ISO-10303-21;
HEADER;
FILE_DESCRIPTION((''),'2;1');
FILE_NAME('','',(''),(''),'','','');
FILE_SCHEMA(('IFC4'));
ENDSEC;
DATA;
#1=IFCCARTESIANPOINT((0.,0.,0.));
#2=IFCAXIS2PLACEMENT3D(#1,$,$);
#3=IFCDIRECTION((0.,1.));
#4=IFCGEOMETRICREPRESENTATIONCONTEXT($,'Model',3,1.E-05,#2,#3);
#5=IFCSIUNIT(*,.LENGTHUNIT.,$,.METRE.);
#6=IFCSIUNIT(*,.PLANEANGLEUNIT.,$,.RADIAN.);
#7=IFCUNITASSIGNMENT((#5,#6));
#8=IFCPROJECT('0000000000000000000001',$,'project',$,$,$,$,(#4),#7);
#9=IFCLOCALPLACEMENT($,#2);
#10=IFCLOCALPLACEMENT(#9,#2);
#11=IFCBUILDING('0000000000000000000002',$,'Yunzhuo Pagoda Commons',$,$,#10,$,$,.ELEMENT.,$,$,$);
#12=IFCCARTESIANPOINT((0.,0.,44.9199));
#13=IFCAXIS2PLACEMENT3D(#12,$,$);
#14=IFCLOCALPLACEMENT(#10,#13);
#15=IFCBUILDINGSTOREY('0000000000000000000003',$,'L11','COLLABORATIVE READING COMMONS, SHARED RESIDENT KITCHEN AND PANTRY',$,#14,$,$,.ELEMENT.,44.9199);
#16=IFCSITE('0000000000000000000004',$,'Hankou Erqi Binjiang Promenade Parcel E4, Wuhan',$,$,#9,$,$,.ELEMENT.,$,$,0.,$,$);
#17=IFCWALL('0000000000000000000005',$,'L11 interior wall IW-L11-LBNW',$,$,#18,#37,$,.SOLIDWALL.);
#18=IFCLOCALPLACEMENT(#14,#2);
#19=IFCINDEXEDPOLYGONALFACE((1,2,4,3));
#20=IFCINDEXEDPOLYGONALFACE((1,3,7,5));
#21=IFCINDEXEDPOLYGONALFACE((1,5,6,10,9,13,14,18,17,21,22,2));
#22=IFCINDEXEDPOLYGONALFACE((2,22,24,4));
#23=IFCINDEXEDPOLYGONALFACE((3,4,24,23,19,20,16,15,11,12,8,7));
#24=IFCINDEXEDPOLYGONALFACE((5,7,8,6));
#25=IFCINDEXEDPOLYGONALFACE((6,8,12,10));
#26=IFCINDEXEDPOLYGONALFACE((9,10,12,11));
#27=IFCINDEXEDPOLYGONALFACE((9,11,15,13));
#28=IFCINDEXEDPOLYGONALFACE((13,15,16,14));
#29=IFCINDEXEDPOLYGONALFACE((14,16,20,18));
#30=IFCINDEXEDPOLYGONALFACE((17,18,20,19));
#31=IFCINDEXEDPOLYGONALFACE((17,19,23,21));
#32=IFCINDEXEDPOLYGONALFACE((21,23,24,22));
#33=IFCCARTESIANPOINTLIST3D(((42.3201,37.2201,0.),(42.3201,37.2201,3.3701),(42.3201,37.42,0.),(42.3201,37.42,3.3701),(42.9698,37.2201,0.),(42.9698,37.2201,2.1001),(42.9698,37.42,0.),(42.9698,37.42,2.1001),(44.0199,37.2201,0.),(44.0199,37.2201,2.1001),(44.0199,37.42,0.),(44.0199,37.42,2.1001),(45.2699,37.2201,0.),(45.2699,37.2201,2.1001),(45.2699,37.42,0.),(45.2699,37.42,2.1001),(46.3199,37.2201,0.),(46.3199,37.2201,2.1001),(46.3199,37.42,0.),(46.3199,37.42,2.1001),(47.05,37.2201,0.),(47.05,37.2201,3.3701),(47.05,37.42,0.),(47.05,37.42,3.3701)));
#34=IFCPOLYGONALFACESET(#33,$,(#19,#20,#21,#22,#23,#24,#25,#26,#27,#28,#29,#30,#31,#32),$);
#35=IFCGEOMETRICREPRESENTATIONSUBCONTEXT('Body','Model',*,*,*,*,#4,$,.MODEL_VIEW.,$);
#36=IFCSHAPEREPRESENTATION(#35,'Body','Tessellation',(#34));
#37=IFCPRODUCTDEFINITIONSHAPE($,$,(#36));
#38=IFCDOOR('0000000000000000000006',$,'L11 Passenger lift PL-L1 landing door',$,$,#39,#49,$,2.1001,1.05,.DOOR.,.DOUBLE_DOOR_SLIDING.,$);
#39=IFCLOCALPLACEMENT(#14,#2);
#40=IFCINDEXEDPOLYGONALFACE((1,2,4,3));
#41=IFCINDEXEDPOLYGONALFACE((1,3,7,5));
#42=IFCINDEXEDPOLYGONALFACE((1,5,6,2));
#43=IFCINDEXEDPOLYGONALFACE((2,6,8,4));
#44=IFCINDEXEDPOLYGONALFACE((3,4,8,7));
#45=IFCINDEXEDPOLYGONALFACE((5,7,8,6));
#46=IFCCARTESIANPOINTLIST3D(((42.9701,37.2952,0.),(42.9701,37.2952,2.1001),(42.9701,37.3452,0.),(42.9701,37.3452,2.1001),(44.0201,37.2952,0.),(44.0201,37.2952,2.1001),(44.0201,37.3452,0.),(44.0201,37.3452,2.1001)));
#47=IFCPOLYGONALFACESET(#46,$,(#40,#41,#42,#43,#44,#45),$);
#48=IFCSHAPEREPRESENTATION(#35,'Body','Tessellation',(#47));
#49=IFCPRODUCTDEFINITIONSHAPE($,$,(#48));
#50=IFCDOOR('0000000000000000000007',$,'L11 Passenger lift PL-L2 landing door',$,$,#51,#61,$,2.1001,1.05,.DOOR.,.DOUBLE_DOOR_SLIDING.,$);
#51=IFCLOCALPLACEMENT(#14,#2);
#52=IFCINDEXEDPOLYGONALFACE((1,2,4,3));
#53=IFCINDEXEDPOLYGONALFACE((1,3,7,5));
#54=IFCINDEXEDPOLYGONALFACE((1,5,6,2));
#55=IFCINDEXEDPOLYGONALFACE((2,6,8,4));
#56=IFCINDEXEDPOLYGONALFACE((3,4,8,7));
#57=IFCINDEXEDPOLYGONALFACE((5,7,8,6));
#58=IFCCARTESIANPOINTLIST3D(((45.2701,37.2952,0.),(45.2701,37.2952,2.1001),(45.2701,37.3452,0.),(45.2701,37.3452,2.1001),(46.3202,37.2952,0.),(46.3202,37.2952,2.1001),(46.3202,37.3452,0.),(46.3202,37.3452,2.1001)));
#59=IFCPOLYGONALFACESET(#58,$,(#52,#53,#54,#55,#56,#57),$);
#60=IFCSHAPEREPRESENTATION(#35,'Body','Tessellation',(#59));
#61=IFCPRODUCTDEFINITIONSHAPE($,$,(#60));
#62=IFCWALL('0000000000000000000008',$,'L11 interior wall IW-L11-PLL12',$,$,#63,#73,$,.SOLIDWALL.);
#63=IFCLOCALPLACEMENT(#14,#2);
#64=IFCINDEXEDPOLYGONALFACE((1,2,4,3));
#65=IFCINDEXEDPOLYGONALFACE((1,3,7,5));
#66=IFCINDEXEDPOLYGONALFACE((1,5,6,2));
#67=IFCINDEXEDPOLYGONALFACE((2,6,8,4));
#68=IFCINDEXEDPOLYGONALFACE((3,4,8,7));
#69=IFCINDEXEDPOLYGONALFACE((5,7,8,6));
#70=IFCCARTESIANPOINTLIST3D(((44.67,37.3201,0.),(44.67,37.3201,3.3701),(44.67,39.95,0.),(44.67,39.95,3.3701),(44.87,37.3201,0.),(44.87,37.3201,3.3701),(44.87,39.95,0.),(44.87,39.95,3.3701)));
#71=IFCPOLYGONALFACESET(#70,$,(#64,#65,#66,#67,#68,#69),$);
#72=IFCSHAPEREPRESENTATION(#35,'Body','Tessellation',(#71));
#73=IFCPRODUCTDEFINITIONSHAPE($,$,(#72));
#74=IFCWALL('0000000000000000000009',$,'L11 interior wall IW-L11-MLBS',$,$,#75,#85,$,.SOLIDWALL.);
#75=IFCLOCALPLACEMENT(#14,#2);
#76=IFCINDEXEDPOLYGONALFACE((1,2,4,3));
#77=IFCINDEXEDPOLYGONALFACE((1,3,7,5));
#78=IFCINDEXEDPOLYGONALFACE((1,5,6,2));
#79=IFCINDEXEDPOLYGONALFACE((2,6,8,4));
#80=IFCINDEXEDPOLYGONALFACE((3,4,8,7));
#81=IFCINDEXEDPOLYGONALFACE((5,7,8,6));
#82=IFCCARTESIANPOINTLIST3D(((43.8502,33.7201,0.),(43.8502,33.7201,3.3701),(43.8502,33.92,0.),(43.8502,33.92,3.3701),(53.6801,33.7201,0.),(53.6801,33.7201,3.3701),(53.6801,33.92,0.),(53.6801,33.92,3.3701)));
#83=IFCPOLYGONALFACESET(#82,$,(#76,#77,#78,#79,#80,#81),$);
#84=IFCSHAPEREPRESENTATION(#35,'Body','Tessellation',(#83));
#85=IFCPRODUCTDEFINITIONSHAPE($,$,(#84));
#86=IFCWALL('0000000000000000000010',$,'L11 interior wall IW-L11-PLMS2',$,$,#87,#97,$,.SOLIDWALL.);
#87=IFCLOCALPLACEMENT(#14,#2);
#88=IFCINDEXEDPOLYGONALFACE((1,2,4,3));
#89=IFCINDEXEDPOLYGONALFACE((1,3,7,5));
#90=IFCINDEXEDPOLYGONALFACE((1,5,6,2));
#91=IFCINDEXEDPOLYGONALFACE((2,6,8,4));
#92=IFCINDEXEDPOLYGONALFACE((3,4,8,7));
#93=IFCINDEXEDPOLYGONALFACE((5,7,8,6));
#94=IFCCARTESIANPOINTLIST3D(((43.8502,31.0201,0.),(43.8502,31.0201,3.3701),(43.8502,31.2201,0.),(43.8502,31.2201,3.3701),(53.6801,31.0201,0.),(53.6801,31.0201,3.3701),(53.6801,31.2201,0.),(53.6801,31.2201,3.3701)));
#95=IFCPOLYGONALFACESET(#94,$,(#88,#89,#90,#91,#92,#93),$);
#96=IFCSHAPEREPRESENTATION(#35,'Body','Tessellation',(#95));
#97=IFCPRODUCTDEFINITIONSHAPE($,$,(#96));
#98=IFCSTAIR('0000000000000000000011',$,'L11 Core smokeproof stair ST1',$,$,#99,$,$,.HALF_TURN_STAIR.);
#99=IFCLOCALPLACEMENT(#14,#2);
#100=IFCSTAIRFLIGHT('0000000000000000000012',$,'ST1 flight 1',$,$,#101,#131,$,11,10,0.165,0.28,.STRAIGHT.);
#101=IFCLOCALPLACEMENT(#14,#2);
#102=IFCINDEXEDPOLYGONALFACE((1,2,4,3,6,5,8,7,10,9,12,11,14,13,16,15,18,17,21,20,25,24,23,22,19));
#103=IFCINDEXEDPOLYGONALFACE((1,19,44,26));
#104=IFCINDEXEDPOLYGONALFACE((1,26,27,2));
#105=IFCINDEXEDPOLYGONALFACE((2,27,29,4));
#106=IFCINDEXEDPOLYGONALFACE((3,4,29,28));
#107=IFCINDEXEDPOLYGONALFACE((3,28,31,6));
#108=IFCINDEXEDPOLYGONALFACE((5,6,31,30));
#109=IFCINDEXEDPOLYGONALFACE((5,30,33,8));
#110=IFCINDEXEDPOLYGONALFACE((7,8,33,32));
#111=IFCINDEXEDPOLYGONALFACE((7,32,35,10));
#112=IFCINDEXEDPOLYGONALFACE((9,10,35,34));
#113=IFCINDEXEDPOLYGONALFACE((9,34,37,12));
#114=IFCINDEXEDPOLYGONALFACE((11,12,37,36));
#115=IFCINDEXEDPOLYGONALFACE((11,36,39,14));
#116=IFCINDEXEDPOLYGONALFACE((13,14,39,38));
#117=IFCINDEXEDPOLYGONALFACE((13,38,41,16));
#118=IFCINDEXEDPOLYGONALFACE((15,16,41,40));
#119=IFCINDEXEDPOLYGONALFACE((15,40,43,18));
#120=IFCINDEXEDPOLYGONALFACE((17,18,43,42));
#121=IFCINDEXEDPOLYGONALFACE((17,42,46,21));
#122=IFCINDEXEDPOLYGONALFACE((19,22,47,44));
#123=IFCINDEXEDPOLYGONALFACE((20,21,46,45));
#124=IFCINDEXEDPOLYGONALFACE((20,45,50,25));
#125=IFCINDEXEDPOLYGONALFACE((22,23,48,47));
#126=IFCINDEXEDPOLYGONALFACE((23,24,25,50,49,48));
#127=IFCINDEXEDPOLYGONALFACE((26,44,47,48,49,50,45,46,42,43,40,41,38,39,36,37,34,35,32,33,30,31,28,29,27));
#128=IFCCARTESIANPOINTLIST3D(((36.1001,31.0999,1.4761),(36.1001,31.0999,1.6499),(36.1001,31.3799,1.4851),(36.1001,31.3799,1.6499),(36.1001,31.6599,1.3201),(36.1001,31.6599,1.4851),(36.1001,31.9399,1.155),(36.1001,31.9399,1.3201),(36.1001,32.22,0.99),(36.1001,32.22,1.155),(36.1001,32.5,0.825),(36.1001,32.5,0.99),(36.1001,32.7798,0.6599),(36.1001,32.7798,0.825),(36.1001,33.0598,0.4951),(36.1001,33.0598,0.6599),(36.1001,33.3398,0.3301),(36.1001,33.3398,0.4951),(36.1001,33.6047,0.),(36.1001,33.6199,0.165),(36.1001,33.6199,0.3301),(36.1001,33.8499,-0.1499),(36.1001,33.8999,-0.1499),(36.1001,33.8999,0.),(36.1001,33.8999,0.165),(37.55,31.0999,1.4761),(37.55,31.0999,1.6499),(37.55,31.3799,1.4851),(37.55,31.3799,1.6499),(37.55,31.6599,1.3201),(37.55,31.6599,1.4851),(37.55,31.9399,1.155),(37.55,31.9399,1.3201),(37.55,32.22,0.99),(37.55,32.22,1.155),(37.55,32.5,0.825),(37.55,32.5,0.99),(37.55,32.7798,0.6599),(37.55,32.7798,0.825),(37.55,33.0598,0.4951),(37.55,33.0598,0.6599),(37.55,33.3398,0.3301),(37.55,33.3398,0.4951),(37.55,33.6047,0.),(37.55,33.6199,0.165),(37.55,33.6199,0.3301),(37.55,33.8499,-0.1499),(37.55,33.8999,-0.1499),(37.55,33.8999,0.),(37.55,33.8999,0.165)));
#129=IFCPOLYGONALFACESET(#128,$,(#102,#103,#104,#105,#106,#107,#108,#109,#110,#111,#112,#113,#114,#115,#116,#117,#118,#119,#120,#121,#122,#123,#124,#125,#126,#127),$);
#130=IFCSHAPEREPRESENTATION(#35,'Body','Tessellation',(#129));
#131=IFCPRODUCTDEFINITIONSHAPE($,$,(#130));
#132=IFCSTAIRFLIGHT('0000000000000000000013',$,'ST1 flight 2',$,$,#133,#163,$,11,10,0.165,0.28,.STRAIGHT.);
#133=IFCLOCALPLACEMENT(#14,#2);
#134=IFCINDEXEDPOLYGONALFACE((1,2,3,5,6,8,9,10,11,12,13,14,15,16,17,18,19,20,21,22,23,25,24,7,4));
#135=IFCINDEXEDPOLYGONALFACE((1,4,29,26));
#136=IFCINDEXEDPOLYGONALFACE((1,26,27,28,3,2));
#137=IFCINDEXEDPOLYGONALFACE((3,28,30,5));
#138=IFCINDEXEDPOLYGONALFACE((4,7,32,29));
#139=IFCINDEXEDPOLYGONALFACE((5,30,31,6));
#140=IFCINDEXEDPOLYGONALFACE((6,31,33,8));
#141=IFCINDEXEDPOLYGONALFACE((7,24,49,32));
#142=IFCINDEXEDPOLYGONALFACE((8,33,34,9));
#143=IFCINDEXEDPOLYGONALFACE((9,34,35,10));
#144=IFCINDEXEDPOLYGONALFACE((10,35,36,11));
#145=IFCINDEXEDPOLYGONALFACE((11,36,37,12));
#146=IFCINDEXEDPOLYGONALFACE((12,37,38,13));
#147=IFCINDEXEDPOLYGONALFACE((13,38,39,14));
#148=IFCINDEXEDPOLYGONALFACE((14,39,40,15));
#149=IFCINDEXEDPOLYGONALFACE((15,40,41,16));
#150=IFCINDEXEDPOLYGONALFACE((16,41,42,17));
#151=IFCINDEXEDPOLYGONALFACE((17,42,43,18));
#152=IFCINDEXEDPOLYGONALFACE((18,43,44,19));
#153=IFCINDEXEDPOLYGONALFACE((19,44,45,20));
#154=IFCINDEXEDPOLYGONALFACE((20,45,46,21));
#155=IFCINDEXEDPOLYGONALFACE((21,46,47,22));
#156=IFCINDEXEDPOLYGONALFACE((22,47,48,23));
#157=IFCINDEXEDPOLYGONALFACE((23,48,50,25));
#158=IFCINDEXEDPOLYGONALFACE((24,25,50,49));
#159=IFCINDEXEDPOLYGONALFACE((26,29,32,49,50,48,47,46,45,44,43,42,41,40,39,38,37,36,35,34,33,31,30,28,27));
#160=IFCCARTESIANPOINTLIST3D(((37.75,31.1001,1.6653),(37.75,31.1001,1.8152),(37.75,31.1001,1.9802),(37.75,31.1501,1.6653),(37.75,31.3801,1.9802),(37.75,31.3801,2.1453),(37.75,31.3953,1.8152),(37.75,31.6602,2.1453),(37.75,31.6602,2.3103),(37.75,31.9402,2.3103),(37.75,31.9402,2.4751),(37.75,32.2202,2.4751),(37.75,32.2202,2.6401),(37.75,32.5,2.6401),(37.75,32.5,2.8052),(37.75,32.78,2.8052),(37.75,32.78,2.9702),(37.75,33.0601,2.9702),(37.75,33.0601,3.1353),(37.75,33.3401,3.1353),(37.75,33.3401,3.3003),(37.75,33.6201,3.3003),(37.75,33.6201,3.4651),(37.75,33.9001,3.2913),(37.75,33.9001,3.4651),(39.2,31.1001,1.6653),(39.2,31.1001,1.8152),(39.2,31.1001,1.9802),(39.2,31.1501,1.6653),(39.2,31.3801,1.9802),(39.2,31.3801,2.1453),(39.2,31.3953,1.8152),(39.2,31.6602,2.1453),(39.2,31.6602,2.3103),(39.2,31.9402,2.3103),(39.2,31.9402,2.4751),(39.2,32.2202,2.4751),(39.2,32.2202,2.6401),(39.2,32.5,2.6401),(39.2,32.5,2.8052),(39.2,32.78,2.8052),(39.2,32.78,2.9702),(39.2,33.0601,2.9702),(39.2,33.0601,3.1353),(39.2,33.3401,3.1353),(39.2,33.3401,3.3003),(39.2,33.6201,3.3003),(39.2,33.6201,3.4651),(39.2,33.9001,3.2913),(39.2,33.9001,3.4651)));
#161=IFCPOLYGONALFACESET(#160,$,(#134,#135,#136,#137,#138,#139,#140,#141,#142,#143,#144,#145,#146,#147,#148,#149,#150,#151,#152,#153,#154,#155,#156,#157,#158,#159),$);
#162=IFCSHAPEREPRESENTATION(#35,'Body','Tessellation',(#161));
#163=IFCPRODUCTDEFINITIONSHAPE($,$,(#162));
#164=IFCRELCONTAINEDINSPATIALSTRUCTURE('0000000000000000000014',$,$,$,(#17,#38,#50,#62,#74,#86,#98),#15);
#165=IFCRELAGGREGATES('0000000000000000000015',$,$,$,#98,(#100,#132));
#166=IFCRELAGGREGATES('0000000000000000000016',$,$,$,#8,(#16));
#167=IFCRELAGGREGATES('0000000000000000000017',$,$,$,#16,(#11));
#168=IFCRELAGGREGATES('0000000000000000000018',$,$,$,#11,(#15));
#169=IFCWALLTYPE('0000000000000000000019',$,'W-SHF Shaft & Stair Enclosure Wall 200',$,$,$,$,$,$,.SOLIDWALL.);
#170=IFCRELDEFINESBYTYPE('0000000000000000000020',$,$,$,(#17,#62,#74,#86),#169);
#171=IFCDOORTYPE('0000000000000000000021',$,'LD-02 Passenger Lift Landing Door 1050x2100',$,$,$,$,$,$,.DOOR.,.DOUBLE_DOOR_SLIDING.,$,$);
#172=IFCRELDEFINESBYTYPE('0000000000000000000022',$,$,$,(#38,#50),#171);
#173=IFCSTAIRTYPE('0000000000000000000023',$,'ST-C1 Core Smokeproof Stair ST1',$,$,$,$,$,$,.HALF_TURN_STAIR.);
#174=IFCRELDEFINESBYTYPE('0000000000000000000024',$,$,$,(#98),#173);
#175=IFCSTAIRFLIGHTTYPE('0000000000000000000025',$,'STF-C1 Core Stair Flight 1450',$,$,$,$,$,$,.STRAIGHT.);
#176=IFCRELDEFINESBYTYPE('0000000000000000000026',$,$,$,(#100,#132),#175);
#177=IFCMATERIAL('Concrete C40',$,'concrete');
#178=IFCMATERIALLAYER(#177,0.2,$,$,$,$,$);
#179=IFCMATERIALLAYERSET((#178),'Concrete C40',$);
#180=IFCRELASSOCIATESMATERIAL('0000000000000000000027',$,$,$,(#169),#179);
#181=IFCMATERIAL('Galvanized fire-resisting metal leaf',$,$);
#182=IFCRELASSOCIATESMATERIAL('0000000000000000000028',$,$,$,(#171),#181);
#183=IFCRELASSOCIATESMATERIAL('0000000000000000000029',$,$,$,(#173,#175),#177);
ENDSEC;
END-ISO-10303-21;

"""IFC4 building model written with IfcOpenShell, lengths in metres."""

from ifc_helpers import new_model, si_unit, direction, frame, frame_2d, origin, place, context, subcontext, project, spatial, polyline, rectangle, outline, extrude, source, transform, mapped, material, layer, layer_set, type_object, element, fill, aggregate, save


model = new_model("IFC4")

# Units and contexts
model_context = context("Model", 3, precision=1e-05, world=origin(), true_north=direction((0.0, 1.0)))
body_context = subcontext(model_context, "Body", "Model", "MODEL_VIEW")
ifc_project = project(units=[si_unit("LENGTHUNIT", "METRE"), si_unit("PLANEANGLEUNIT", "RADIAN")], contexts=[model_context])

# Site, building, storey
site_placement = place(None, origin())
site = spatial("IfcSite", under=ifc_project, at=site_placement, Name="Hankou Erqi Binjiang Promenade Parcel E4, Wuhan", CompositionType="ELEMENT", RefElevation=0.0)
building_placement = place(site_placement, origin())
building = spatial("IfcBuilding", under=site, at=building_placement, Name="Yunzhuo Pagoda Commons", CompositionType="ELEMENT")
storey_placement = place(building_placement, frame((0.0, 0.0, 44.9199)))
storey = spatial("IfcBuildingStorey", under=building, at=storey_placement, Name="L11", Description="COLLABORATIVE READING COMMONS, SHARED RESIDENT KITCHEN AND PANTRY", CompositionType="ELEMENT", Elevation=44.9199)

# Shared definitions
ifc_material_1 = material(Name="Galvanized fire-resisting metal leaf")

# Shared definitions
shared_shape_1 = source(origin(), body_context, "Body", "SweptSolid", [
    extrude(rectangle(XDim=1.05, YDim=2.1001, at=frame_2d((0.5249, 1.05))), frame((0.0, 0.0249, 0.0), z_axis=(0.0, -1.0, 0.0), x_axis=(1.0, 0.0, 0.0)), (0.0, 0.0, 1.0), 0.05),
])
ifc_material_2 = material(Name="Concrete C40", Category="concrete")
ifc_layer_1 = layer(ifc_material_2, 0.2)
ifc_layer_set_1 = layer_set([ifc_layer_1], Name="Concrete C40")
wall_type_1 = type_object("IfcWallType", Name="W-SHF Shaft & Stair Enclosure Wall 200", PredefinedType="SOLIDWALL", material=ifc_layer_set_1)
door_type_1 = type_object("IfcDoorType", Name="LD-02 Passenger Lift Landing Door 1050x2100", OperationType="DOUBLE_DOOR_SLIDING", PredefinedType="DOOR", material=ifc_material_1)

# Wall, openings, doors
wall_1_placement = place(storey_placement, frame((42.3201, 37.3201, 0.0), z_axis=(0.0, 0.0, 1.0), x_axis=(1.0, 0.0, 0.0)))
wall_1 = element("IfcWall", 1, at=wall_1_placement, inside=storey, type_object=wall_type_1, Name="L11 interior wall IW-L11-LBNW", PredefinedType="SOLIDWALL", context=body_context, shape_type="SweptSolid", body=[
    extrude(rectangle(XDim=4.73, YDim=0.2, at=frame_2d((2.365, 0.0))), origin(), (0.0, 0.0, 1.0), 3.3701),
])
opening_1_placement = place(wall_1_placement, frame((0.6499, 0.0, 0.0)))
opening_1 = element("IfcOpeningElement", 2, at=opening_1_placement, cuts=wall_1, PredefinedType="OPENING", context=body_context, shape_type="SweptSolid", body=[
    extrude(rectangle(XDim=1.05, YDim=2.1001, at=frame_2d((0.5249, 1.05))), frame((0.0, 0.1099, 0.0), z_axis=(0.0, -1.0, 0.0), x_axis=(1.0, 0.0, 0.0)), (0.0, 0.0, 1.0), 0.22),
])
opening_2_placement = place(wall_1_placement, frame((2.95, 0.0, 0.0)))
opening_2 = element("IfcOpeningElement", 3, at=opening_2_placement, cuts=wall_1, PredefinedType="OPENING", context=body_context, shape_type="SweptSolid", body=[
    extrude(rectangle(XDim=1.05, YDim=2.1001, at=frame_2d((0.5249, 1.05))), frame((0.0, 0.1099, 0.0), z_axis=(0.0, -1.0, 0.0), x_axis=(1.0, 0.0, 0.0)), (0.0, 0.0, 1.0), 0.22),
])
door_1_placement = place(opening_1_placement, frame((1.05, 0.0, 0.0), z_axis=(0.0, 0.0, 1.0), x_axis=(-1.0, 0.0, 0.0)))
door_1 = element("IfcDoor", 4, at=door_1_placement, inside=storey, type_object=door_type_1, Name="L11 Passenger lift PL-L1 landing door", OperationType="DOUBLE_DOOR_SLIDING", OverallHeight=2.1001, OverallWidth=1.05, PredefinedType="DOOR", context=body_context, shape_type="MappedRepresentation", body=[
    mapped(shared_shape_1, transform((0.0, 0.0, 0.0), scale=1.0)),
])
fill(opening_1, door_1)
door_2_placement = place(opening_2_placement, frame((1.05, 0.0, 0.0), z_axis=(0.0, 0.0, 1.0), x_axis=(-1.0, 0.0, 0.0)))
door_2 = element("IfcDoor", 5, at=door_2_placement, inside=storey, type_object=door_type_1, Name="L11 Passenger lift PL-L2 landing door", OperationType="DOUBLE_DOOR_SLIDING", OverallHeight=2.1001, OverallWidth=1.05, PredefinedType="DOOR", context=body_context, shape_type="MappedRepresentation", body=[
    mapped(shared_shape_1, transform((0.0, 0.0, 0.0), scale=1.0)),
])
fill(opening_2, door_2)

# Walls
wall_2_placement = place(storey_placement, frame((44.77, 37.3201, 0.0), z_axis=(0.0, 0.0, 1.0), x_axis=(0.0, 1.0, 0.0)))
element("IfcWall", 6, at=wall_2_placement, inside=storey, type_object=wall_type_1, Name="L11 interior wall IW-L11-PLL12", PredefinedType="SOLIDWALL", context=body_context, shape_type="SweptSolid", body=[
    extrude(rectangle(XDim=2.6299, YDim=0.2, at=frame_2d((1.3149, 0.0))), origin(), (0.0, 0.0, 1.0), 3.3701),
])
for number, where, z_axis, x_axis, name in (
    (7, (43.8501, 33.8201, 0.0), (0.0, 0.0, 1.0), (1.0, 0.0, 0.0), "L11 interior wall IW-L11-MLBS"),
    (8, (43.8501, 31.1201, 0.0), (0.0, 0.0, 1.0), (1.0, 0.0, 0.0), "L11 interior wall IW-L11-PLMS2"),
):
    element("IfcWall", number, at=place(storey_placement, frame(where, z_axis=z_axis, x_axis=x_axis)), inside=storey, type_object=wall_type_1, Name=name, PredefinedType="SOLIDWALL", context=body_context, shape_type="SweptSolid", body=[
        extrude(rectangle(XDim=9.8298, YDim=0.2, at=frame_2d((4.915, 0.0))), origin(), (0.0, 0.0, 1.0), 3.3701),
    ])

# Stair, stair flights
stair_type = type_object("IfcStairType", Name="ST-C1 Core Smokeproof Stair ST1", PredefinedType="HALF_TURN_STAIR", material=ifc_material_2)
stair_placement = place(storey_placement, origin())
stair = element("IfcStair", 9, at=stair_placement, inside=storey, type_object=stair_type, Name="L11 Core smokeproof stair ST1", PredefinedType="HALF_TURN_STAIR")
stair_flight_type = type_object("IfcStairFlightType", Name="STF-C1 Core Stair Flight 1450", PredefinedType="STRAIGHT", material=ifc_material_2)
shared_shape_2 = source(origin(), body_context, "Body", "SweptSolid", [
    extrude(outline(polyline([(0.0, -0.1499), (0.0, 0.0), (0.0, 0.165), (0.28, 0.165), (0.28, 0.3301), (0.5601, 0.3301), (0.5601, 0.4951), (0.8401, 0.4951), (0.8401, 0.6599), (1.1201, 0.6599), (1.1201, 0.825), (1.3999, 0.825), (1.3999, 0.99), (1.6799, 0.99), (1.6799, 1.155), (1.96, 1.155), (1.96, 1.3201), (2.24, 1.3201), (2.24, 1.4851), (2.52, 1.4851), (2.52, 1.6499), (2.8, 1.6499), (2.8, 1.8149), (2.8, 1.4761), (0.2952, 0.0), (0.05, -0.1499), (0.0, -0.1499)])), frame((0.0, 0.7251, 0.0), z_axis=(0.0, -1.0, 0.0), x_axis=(1.0, 0.0, 0.0)), (0.0, 0.0, 1.0), 1.45),
])
stair_flight_1_placement = place(storey_placement, frame((36.825, 33.8999, 0.0), z_axis=(0.0, 0.0, 1.0), x_axis=(0.0, -1.0, 0.0)))
stair_flight_1 = element("IfcStairFlight", 10, at=stair_flight_1_placement, type_object=stair_flight_type, Name="ST1 flight 1", NumberOfRisers=11, NumberOfTreads=10, PredefinedType="STRAIGHT", RiserHeight=0.165, TreadLength=0.28, context=body_context, shape_type="MappedRepresentation", body=[
    mapped(shared_shape_2, transform((0.0, 0.0, 0.0), scale=1.0)),
])
stair_flight_2_placement = place(storey_placement, frame((38.4751, 31.1001, 1.8152), z_axis=(0.0, 0.0, 1.0), x_axis=(0.0, 1.0, 0.0)))
stair_flight_2 = element("IfcStairFlight", 11, at=stair_flight_2_placement, type_object=stair_flight_type, Name="ST1 flight 2", NumberOfRisers=11, NumberOfTreads=10, PredefinedType="STRAIGHT", RiserHeight=0.165, TreadLength=0.28, context=body_context, shape_type="MappedRepresentation", body=[
    mapped(shared_shape_2, transform((0.0, 0.0, 0.0), scale=1.0)),
])
aggregate(stair, [stair_flight_1, stair_flight_2])

save(model, "model.ifc")
